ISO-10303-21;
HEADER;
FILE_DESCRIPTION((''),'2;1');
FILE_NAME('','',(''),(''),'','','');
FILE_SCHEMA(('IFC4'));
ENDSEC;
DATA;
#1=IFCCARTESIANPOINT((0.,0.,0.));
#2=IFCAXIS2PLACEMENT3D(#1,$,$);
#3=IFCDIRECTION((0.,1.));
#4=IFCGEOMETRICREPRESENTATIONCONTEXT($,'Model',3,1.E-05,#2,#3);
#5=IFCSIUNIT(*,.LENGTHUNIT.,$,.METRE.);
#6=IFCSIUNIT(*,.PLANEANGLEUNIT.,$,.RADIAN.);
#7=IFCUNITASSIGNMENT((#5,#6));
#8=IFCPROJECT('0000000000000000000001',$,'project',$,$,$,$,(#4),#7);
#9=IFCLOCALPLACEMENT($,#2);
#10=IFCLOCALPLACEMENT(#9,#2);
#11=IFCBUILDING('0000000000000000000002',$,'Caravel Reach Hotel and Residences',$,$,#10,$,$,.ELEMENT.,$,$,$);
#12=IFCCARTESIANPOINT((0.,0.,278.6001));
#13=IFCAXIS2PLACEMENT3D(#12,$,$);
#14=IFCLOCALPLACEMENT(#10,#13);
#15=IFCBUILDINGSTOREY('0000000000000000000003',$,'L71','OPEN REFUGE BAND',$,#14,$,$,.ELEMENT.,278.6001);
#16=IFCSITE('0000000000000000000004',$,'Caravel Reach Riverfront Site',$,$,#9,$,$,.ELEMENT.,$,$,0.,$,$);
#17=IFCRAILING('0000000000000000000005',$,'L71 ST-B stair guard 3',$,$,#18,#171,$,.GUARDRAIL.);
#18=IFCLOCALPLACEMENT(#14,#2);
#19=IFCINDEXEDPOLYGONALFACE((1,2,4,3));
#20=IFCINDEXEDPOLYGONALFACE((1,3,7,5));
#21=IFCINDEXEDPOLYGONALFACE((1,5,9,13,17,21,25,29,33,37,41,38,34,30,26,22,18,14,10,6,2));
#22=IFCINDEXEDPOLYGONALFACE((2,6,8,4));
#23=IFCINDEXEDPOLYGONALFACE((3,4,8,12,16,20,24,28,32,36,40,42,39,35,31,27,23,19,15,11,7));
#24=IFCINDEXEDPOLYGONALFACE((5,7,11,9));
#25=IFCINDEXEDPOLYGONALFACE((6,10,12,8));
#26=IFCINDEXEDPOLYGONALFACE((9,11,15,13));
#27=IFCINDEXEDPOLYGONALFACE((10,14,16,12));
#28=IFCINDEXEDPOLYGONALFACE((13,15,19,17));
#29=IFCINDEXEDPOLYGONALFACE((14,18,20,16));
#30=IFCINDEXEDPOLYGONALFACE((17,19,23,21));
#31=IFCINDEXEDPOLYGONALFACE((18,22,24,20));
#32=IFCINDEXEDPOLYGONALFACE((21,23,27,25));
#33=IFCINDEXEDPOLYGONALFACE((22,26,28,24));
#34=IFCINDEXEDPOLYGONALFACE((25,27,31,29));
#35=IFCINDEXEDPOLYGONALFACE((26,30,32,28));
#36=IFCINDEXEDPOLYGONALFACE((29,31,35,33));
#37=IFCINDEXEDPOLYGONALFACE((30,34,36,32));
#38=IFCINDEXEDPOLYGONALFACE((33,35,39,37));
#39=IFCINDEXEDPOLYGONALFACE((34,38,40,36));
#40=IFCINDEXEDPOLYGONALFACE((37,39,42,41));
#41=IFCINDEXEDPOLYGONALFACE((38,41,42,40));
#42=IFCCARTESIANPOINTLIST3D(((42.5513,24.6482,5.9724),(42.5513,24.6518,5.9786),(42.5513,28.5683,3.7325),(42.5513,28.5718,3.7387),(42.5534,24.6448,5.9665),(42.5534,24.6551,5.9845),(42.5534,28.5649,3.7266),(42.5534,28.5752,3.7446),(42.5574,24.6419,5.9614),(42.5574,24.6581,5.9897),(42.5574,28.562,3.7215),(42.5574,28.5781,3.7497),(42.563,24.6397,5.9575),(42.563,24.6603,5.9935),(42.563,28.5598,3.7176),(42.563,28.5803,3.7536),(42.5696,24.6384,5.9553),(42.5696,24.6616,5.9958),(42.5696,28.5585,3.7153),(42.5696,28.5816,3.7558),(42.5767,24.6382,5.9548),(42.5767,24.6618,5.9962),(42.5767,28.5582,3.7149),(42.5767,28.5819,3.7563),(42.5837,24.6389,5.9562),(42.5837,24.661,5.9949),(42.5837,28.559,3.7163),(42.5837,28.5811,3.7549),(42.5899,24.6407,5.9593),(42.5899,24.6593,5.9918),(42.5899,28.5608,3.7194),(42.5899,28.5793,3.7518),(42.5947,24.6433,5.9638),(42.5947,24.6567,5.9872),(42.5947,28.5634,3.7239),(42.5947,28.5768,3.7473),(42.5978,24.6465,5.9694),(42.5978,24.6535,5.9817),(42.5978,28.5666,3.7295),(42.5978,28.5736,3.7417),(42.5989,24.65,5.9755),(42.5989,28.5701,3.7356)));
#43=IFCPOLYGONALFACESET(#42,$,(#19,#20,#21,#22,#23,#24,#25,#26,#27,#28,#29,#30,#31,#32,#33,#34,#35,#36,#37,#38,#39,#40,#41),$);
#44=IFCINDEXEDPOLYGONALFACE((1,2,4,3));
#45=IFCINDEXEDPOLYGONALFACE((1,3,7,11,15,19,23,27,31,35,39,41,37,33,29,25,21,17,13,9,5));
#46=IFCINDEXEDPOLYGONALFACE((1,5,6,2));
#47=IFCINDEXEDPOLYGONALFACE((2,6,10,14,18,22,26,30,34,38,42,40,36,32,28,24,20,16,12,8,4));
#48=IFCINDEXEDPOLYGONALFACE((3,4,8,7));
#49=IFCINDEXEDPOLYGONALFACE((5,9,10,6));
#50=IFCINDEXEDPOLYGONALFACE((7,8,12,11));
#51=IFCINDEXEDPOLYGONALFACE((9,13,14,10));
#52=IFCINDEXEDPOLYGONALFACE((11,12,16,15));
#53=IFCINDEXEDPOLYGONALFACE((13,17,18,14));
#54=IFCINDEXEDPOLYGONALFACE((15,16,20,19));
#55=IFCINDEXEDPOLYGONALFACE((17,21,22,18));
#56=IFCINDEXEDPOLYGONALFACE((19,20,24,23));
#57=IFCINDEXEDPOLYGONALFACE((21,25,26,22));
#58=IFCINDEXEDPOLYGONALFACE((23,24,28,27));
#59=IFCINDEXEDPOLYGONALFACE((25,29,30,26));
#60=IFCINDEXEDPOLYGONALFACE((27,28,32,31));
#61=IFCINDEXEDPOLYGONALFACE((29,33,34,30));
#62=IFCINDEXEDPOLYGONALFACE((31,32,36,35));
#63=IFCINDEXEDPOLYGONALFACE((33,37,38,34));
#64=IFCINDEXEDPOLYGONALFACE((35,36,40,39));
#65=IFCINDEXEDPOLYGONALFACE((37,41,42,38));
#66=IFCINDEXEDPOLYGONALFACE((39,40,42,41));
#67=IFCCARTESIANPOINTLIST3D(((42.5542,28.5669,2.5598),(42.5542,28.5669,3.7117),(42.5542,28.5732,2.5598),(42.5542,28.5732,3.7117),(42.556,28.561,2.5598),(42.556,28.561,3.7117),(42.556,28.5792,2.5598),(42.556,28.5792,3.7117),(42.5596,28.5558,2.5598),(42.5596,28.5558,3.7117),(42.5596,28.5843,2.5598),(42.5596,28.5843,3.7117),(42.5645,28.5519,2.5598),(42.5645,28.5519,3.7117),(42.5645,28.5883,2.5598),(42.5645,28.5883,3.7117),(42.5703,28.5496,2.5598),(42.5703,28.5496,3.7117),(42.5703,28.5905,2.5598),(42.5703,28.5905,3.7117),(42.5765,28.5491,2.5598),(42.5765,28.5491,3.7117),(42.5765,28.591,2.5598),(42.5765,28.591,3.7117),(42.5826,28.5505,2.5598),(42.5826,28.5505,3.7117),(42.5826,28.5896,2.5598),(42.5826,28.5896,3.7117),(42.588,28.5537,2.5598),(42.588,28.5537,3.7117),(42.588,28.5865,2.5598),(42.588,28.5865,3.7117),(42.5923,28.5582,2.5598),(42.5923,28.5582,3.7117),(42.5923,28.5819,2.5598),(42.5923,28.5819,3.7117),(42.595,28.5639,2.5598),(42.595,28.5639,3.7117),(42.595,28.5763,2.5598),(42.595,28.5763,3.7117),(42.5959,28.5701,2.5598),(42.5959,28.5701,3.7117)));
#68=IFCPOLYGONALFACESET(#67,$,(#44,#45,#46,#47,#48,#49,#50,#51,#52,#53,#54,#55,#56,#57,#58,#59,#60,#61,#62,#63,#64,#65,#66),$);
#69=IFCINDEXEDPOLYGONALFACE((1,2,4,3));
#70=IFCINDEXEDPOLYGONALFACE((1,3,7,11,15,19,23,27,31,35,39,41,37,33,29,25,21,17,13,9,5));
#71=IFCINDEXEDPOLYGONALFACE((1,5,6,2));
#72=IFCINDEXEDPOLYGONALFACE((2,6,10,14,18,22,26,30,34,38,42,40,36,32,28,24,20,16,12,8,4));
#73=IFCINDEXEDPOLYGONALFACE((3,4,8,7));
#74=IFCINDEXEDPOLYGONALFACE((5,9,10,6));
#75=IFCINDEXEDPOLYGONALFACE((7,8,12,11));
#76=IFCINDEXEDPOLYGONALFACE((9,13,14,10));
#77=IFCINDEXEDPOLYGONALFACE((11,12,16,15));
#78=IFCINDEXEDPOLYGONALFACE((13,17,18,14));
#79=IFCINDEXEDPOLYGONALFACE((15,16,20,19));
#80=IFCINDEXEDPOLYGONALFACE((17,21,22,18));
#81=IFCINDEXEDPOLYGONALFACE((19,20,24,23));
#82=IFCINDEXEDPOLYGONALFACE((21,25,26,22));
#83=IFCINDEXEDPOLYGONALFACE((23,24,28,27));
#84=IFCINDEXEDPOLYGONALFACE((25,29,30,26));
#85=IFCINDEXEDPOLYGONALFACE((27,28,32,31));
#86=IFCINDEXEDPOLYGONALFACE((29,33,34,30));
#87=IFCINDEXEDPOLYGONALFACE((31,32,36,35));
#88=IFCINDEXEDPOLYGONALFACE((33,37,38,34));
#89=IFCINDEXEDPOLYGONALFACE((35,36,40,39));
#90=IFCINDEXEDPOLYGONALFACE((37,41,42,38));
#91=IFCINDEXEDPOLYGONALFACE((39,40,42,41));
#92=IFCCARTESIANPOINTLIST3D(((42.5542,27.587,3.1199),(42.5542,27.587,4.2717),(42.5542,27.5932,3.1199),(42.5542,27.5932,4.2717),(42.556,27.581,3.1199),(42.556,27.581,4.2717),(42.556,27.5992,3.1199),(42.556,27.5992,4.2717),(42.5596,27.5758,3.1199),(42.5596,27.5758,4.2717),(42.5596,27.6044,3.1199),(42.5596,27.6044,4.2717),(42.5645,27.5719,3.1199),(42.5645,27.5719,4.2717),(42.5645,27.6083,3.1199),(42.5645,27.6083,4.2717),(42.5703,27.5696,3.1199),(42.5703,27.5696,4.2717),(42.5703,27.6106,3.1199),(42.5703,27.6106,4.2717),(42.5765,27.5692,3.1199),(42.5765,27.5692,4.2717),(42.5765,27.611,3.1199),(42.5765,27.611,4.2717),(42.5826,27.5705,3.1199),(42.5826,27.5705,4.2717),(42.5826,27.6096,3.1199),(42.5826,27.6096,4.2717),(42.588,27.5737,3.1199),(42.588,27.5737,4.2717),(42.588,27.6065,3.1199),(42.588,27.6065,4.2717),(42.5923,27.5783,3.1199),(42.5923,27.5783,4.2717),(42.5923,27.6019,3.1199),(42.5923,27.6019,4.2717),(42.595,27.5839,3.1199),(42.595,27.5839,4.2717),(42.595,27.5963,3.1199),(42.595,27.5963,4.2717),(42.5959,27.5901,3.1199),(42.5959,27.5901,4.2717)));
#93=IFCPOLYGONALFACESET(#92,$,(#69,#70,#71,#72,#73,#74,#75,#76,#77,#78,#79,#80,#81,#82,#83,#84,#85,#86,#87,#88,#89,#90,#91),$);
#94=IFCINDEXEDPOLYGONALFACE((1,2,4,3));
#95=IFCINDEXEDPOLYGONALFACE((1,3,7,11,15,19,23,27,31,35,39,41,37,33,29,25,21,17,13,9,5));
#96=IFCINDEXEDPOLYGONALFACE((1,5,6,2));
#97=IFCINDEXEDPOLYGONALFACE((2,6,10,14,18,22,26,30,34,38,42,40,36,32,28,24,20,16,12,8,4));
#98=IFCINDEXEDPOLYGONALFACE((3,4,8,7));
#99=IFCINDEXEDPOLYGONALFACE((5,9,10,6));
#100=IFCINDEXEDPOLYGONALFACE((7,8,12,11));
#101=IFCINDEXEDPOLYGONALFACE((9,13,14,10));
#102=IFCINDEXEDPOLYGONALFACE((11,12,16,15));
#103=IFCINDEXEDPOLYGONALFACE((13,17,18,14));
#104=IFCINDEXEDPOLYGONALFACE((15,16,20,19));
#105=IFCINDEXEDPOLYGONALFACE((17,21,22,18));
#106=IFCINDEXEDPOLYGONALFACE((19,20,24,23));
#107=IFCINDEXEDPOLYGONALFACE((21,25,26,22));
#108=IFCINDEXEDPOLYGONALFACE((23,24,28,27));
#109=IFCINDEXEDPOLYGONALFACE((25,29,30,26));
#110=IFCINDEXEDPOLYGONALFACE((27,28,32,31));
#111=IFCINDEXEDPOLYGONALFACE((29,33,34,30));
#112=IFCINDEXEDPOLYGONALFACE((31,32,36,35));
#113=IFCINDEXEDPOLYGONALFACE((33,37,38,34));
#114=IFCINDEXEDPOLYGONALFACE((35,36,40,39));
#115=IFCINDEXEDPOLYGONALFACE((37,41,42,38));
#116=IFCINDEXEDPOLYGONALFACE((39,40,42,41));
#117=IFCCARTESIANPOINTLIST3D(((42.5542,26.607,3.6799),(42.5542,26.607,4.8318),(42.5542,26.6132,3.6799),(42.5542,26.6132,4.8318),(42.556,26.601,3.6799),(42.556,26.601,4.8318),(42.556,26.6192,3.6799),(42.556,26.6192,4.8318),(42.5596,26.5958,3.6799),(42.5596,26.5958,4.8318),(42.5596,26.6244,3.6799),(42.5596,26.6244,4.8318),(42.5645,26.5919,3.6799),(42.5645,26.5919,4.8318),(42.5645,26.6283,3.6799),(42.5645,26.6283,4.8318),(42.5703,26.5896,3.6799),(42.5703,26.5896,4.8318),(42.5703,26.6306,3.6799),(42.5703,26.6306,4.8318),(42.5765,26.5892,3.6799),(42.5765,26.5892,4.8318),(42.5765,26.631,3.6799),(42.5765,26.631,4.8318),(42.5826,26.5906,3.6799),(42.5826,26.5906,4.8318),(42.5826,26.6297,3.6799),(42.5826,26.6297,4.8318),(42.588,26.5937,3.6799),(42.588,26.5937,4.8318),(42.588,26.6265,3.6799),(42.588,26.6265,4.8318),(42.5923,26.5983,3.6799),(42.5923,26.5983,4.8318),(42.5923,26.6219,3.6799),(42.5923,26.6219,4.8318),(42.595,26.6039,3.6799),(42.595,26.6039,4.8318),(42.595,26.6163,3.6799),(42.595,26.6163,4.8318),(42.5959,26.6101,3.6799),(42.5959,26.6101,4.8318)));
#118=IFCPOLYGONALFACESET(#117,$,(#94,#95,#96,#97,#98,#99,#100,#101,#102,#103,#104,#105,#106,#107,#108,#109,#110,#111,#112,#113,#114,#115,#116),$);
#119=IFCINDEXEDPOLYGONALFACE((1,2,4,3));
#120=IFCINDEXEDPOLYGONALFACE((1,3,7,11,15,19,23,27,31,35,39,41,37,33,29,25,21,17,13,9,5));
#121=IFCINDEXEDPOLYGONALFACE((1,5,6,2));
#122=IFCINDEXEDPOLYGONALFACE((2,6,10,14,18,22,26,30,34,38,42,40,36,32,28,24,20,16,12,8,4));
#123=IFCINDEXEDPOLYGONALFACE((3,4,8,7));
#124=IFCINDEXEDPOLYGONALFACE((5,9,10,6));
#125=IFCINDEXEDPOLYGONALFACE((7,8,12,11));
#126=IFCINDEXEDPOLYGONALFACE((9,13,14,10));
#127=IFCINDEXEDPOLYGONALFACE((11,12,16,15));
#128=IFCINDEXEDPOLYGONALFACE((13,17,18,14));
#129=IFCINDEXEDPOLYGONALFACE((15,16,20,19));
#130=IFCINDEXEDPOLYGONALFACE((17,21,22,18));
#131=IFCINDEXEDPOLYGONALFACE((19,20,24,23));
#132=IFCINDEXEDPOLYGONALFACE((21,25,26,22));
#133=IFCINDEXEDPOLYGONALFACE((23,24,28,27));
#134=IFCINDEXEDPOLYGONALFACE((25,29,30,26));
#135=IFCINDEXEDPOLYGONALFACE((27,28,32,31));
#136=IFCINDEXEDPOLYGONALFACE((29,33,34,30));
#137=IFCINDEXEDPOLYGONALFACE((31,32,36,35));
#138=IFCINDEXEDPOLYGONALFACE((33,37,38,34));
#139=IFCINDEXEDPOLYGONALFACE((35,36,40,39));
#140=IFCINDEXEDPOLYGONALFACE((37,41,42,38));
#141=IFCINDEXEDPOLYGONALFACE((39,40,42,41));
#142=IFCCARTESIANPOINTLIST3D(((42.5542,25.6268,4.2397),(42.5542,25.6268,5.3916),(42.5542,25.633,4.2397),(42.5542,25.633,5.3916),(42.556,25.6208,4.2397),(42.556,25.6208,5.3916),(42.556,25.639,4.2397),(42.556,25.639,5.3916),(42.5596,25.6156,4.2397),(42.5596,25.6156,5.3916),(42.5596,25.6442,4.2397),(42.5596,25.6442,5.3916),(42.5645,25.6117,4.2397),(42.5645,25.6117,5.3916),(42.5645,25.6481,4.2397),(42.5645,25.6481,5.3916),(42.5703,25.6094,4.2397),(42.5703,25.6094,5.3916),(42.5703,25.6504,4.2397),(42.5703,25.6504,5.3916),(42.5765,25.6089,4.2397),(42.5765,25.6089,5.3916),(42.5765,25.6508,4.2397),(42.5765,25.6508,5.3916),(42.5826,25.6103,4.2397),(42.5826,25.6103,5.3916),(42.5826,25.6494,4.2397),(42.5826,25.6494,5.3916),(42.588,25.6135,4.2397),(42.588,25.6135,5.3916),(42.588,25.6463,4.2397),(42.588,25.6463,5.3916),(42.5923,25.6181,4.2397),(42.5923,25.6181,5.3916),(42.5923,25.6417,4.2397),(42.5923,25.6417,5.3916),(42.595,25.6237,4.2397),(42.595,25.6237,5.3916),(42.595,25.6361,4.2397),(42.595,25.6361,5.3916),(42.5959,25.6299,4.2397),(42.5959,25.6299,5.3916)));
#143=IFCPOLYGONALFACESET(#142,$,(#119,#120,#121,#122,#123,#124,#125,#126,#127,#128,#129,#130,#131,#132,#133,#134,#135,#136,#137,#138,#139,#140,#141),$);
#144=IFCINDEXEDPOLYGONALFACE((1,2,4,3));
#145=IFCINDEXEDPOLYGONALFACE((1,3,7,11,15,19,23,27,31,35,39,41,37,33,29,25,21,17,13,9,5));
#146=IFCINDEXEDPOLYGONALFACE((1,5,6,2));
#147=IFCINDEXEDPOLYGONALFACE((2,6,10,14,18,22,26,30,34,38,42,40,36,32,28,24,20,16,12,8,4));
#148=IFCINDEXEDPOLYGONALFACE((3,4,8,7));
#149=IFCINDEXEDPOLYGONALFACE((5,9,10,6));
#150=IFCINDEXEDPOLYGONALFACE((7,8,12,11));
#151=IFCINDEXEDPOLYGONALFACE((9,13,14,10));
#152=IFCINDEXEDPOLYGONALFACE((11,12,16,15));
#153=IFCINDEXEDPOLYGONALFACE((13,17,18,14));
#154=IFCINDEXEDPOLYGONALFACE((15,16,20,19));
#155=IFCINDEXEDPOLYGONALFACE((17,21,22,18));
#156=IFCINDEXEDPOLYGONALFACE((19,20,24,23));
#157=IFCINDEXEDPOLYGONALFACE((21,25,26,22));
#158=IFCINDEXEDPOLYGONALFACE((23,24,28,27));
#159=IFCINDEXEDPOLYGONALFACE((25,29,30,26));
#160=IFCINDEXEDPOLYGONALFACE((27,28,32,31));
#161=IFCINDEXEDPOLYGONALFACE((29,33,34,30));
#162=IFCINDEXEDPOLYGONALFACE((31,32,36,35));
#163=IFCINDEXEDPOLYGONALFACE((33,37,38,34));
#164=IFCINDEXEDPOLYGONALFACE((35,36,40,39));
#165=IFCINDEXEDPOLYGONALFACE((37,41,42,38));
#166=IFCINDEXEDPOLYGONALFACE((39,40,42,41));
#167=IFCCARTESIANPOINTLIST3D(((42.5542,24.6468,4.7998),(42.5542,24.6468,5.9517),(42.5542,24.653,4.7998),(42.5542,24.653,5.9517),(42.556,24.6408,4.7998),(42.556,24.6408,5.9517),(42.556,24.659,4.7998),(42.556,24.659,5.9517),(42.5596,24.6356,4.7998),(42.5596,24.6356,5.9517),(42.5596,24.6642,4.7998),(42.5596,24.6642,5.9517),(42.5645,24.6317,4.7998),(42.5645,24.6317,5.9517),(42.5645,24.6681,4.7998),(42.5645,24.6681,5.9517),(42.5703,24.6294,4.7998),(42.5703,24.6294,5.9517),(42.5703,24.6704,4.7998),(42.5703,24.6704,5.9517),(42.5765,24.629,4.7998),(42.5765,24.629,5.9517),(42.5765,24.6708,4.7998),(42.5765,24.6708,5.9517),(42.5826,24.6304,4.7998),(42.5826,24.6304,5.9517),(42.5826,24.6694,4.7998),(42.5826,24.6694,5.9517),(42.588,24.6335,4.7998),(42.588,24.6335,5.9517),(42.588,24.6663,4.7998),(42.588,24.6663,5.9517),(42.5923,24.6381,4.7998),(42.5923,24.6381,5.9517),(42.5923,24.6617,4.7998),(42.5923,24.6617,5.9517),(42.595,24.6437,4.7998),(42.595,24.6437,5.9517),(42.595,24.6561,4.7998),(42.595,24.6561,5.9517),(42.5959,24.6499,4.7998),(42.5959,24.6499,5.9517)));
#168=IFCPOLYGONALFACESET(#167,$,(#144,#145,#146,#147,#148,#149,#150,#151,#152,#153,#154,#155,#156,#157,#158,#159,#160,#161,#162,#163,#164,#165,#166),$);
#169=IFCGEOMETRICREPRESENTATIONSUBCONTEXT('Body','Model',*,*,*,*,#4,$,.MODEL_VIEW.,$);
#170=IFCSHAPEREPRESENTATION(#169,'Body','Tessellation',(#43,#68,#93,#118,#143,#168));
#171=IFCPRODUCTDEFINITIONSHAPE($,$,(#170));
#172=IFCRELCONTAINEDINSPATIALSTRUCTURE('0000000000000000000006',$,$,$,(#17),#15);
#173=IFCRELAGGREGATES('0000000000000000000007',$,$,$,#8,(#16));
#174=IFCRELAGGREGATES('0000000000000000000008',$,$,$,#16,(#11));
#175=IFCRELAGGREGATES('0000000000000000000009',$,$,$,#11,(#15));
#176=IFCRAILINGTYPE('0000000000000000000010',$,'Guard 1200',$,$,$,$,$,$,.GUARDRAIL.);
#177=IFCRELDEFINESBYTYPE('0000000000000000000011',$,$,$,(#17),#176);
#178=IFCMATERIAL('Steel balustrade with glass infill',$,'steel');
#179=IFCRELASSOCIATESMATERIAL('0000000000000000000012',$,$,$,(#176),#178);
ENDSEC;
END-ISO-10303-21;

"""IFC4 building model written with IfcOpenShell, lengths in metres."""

from ifc_helpers import new_model, si_unit, direction, frame, origin, origin_2d, place, context, subcontext, project, spatial, circle, extrude, material, type_object, element, save


model = new_model("IFC4")

# Units and contexts
model_context = context("Model", 3, precision=1e-05, world=origin(), true_north=direction((0.0, 1.0)))
body_context = subcontext(model_context, "Body", "Model", "MODEL_VIEW")
ifc_project = project(units=[si_unit("LENGTHUNIT", "METRE"), si_unit("PLANEANGLEUNIT", "RADIAN")], contexts=[model_context])

# Site, building, storey
site_placement = place(None, origin())
site = spatial("IfcSite", under=ifc_project, at=site_placement, Name="Caravel Reach Riverfront Site", CompositionType="ELEMENT", RefElevation=0.0)
building_placement = place(site_placement, origin())
building = spatial("IfcBuilding", under=site, at=building_placement, Name="Caravel Reach Hotel and Residences", CompositionType="ELEMENT")
storey_placement = place(building_placement, frame((0.0, 0.0, 278.6001)))
storey = spatial("IfcBuildingStorey", under=building, at=storey_placement, Name="L71", Description="OPEN REFUGE BAND", CompositionType="ELEMENT", Elevation=278.6001)

# Railing
ifc_material_1 = material(Name="Steel balustrade with glass infill", Category="steel")
railing_type_1 = type_object("IfcRailingType", Name="Guard 1200", PredefinedType="GUARDRAIL", material=ifc_material_1)
railing_1_placement = place(storey_placement, frame((42.575, 28.5701, 2.5598)))
element("IfcRailing", 1, at=railing_1_placement, inside=storey, type_object=railing_type_1, Name="L71 ST-B stair guard 3", PredefinedType="GUARDRAIL", context=body_context, shape_type="SweptSolid", body=[
    extrude(circle(Radius=0.0239, at=origin_2d()), frame((0.0, 0.0, 1.1758), z_axis=(0.0, -0.868253, 0.496121), x_axis=(1.0, 0.0, 0.0)), (0.0, 0.0, 1.0), 4.5149),
    extrude(circle(Radius=0.021, at=origin_2d()), origin(), (0.0, 0.0, 1.0), 1.1519),
    extrude(circle(Radius=0.021, at=origin_2d()), frame((0.0, -0.98, 0.5601)), (0.0, 0.0, 1.0), 1.1519),
    extrude(circle(Radius=0.021, at=origin_2d()), frame((0.0, -1.96, 1.1201)), (0.0, 0.0, 1.0), 1.1519),
    extrude(circle(Radius=0.021, at=origin_2d()), frame((0.0, -2.9402, 1.6799)), (0.0, 0.0, 1.0), 1.1519),
    extrude(circle(Radius=0.021, at=origin_2d()), frame((0.0, -3.9202, 2.24)), (0.0, 0.0, 1.0), 1.1519),
])

save(model, "model.ifc")
